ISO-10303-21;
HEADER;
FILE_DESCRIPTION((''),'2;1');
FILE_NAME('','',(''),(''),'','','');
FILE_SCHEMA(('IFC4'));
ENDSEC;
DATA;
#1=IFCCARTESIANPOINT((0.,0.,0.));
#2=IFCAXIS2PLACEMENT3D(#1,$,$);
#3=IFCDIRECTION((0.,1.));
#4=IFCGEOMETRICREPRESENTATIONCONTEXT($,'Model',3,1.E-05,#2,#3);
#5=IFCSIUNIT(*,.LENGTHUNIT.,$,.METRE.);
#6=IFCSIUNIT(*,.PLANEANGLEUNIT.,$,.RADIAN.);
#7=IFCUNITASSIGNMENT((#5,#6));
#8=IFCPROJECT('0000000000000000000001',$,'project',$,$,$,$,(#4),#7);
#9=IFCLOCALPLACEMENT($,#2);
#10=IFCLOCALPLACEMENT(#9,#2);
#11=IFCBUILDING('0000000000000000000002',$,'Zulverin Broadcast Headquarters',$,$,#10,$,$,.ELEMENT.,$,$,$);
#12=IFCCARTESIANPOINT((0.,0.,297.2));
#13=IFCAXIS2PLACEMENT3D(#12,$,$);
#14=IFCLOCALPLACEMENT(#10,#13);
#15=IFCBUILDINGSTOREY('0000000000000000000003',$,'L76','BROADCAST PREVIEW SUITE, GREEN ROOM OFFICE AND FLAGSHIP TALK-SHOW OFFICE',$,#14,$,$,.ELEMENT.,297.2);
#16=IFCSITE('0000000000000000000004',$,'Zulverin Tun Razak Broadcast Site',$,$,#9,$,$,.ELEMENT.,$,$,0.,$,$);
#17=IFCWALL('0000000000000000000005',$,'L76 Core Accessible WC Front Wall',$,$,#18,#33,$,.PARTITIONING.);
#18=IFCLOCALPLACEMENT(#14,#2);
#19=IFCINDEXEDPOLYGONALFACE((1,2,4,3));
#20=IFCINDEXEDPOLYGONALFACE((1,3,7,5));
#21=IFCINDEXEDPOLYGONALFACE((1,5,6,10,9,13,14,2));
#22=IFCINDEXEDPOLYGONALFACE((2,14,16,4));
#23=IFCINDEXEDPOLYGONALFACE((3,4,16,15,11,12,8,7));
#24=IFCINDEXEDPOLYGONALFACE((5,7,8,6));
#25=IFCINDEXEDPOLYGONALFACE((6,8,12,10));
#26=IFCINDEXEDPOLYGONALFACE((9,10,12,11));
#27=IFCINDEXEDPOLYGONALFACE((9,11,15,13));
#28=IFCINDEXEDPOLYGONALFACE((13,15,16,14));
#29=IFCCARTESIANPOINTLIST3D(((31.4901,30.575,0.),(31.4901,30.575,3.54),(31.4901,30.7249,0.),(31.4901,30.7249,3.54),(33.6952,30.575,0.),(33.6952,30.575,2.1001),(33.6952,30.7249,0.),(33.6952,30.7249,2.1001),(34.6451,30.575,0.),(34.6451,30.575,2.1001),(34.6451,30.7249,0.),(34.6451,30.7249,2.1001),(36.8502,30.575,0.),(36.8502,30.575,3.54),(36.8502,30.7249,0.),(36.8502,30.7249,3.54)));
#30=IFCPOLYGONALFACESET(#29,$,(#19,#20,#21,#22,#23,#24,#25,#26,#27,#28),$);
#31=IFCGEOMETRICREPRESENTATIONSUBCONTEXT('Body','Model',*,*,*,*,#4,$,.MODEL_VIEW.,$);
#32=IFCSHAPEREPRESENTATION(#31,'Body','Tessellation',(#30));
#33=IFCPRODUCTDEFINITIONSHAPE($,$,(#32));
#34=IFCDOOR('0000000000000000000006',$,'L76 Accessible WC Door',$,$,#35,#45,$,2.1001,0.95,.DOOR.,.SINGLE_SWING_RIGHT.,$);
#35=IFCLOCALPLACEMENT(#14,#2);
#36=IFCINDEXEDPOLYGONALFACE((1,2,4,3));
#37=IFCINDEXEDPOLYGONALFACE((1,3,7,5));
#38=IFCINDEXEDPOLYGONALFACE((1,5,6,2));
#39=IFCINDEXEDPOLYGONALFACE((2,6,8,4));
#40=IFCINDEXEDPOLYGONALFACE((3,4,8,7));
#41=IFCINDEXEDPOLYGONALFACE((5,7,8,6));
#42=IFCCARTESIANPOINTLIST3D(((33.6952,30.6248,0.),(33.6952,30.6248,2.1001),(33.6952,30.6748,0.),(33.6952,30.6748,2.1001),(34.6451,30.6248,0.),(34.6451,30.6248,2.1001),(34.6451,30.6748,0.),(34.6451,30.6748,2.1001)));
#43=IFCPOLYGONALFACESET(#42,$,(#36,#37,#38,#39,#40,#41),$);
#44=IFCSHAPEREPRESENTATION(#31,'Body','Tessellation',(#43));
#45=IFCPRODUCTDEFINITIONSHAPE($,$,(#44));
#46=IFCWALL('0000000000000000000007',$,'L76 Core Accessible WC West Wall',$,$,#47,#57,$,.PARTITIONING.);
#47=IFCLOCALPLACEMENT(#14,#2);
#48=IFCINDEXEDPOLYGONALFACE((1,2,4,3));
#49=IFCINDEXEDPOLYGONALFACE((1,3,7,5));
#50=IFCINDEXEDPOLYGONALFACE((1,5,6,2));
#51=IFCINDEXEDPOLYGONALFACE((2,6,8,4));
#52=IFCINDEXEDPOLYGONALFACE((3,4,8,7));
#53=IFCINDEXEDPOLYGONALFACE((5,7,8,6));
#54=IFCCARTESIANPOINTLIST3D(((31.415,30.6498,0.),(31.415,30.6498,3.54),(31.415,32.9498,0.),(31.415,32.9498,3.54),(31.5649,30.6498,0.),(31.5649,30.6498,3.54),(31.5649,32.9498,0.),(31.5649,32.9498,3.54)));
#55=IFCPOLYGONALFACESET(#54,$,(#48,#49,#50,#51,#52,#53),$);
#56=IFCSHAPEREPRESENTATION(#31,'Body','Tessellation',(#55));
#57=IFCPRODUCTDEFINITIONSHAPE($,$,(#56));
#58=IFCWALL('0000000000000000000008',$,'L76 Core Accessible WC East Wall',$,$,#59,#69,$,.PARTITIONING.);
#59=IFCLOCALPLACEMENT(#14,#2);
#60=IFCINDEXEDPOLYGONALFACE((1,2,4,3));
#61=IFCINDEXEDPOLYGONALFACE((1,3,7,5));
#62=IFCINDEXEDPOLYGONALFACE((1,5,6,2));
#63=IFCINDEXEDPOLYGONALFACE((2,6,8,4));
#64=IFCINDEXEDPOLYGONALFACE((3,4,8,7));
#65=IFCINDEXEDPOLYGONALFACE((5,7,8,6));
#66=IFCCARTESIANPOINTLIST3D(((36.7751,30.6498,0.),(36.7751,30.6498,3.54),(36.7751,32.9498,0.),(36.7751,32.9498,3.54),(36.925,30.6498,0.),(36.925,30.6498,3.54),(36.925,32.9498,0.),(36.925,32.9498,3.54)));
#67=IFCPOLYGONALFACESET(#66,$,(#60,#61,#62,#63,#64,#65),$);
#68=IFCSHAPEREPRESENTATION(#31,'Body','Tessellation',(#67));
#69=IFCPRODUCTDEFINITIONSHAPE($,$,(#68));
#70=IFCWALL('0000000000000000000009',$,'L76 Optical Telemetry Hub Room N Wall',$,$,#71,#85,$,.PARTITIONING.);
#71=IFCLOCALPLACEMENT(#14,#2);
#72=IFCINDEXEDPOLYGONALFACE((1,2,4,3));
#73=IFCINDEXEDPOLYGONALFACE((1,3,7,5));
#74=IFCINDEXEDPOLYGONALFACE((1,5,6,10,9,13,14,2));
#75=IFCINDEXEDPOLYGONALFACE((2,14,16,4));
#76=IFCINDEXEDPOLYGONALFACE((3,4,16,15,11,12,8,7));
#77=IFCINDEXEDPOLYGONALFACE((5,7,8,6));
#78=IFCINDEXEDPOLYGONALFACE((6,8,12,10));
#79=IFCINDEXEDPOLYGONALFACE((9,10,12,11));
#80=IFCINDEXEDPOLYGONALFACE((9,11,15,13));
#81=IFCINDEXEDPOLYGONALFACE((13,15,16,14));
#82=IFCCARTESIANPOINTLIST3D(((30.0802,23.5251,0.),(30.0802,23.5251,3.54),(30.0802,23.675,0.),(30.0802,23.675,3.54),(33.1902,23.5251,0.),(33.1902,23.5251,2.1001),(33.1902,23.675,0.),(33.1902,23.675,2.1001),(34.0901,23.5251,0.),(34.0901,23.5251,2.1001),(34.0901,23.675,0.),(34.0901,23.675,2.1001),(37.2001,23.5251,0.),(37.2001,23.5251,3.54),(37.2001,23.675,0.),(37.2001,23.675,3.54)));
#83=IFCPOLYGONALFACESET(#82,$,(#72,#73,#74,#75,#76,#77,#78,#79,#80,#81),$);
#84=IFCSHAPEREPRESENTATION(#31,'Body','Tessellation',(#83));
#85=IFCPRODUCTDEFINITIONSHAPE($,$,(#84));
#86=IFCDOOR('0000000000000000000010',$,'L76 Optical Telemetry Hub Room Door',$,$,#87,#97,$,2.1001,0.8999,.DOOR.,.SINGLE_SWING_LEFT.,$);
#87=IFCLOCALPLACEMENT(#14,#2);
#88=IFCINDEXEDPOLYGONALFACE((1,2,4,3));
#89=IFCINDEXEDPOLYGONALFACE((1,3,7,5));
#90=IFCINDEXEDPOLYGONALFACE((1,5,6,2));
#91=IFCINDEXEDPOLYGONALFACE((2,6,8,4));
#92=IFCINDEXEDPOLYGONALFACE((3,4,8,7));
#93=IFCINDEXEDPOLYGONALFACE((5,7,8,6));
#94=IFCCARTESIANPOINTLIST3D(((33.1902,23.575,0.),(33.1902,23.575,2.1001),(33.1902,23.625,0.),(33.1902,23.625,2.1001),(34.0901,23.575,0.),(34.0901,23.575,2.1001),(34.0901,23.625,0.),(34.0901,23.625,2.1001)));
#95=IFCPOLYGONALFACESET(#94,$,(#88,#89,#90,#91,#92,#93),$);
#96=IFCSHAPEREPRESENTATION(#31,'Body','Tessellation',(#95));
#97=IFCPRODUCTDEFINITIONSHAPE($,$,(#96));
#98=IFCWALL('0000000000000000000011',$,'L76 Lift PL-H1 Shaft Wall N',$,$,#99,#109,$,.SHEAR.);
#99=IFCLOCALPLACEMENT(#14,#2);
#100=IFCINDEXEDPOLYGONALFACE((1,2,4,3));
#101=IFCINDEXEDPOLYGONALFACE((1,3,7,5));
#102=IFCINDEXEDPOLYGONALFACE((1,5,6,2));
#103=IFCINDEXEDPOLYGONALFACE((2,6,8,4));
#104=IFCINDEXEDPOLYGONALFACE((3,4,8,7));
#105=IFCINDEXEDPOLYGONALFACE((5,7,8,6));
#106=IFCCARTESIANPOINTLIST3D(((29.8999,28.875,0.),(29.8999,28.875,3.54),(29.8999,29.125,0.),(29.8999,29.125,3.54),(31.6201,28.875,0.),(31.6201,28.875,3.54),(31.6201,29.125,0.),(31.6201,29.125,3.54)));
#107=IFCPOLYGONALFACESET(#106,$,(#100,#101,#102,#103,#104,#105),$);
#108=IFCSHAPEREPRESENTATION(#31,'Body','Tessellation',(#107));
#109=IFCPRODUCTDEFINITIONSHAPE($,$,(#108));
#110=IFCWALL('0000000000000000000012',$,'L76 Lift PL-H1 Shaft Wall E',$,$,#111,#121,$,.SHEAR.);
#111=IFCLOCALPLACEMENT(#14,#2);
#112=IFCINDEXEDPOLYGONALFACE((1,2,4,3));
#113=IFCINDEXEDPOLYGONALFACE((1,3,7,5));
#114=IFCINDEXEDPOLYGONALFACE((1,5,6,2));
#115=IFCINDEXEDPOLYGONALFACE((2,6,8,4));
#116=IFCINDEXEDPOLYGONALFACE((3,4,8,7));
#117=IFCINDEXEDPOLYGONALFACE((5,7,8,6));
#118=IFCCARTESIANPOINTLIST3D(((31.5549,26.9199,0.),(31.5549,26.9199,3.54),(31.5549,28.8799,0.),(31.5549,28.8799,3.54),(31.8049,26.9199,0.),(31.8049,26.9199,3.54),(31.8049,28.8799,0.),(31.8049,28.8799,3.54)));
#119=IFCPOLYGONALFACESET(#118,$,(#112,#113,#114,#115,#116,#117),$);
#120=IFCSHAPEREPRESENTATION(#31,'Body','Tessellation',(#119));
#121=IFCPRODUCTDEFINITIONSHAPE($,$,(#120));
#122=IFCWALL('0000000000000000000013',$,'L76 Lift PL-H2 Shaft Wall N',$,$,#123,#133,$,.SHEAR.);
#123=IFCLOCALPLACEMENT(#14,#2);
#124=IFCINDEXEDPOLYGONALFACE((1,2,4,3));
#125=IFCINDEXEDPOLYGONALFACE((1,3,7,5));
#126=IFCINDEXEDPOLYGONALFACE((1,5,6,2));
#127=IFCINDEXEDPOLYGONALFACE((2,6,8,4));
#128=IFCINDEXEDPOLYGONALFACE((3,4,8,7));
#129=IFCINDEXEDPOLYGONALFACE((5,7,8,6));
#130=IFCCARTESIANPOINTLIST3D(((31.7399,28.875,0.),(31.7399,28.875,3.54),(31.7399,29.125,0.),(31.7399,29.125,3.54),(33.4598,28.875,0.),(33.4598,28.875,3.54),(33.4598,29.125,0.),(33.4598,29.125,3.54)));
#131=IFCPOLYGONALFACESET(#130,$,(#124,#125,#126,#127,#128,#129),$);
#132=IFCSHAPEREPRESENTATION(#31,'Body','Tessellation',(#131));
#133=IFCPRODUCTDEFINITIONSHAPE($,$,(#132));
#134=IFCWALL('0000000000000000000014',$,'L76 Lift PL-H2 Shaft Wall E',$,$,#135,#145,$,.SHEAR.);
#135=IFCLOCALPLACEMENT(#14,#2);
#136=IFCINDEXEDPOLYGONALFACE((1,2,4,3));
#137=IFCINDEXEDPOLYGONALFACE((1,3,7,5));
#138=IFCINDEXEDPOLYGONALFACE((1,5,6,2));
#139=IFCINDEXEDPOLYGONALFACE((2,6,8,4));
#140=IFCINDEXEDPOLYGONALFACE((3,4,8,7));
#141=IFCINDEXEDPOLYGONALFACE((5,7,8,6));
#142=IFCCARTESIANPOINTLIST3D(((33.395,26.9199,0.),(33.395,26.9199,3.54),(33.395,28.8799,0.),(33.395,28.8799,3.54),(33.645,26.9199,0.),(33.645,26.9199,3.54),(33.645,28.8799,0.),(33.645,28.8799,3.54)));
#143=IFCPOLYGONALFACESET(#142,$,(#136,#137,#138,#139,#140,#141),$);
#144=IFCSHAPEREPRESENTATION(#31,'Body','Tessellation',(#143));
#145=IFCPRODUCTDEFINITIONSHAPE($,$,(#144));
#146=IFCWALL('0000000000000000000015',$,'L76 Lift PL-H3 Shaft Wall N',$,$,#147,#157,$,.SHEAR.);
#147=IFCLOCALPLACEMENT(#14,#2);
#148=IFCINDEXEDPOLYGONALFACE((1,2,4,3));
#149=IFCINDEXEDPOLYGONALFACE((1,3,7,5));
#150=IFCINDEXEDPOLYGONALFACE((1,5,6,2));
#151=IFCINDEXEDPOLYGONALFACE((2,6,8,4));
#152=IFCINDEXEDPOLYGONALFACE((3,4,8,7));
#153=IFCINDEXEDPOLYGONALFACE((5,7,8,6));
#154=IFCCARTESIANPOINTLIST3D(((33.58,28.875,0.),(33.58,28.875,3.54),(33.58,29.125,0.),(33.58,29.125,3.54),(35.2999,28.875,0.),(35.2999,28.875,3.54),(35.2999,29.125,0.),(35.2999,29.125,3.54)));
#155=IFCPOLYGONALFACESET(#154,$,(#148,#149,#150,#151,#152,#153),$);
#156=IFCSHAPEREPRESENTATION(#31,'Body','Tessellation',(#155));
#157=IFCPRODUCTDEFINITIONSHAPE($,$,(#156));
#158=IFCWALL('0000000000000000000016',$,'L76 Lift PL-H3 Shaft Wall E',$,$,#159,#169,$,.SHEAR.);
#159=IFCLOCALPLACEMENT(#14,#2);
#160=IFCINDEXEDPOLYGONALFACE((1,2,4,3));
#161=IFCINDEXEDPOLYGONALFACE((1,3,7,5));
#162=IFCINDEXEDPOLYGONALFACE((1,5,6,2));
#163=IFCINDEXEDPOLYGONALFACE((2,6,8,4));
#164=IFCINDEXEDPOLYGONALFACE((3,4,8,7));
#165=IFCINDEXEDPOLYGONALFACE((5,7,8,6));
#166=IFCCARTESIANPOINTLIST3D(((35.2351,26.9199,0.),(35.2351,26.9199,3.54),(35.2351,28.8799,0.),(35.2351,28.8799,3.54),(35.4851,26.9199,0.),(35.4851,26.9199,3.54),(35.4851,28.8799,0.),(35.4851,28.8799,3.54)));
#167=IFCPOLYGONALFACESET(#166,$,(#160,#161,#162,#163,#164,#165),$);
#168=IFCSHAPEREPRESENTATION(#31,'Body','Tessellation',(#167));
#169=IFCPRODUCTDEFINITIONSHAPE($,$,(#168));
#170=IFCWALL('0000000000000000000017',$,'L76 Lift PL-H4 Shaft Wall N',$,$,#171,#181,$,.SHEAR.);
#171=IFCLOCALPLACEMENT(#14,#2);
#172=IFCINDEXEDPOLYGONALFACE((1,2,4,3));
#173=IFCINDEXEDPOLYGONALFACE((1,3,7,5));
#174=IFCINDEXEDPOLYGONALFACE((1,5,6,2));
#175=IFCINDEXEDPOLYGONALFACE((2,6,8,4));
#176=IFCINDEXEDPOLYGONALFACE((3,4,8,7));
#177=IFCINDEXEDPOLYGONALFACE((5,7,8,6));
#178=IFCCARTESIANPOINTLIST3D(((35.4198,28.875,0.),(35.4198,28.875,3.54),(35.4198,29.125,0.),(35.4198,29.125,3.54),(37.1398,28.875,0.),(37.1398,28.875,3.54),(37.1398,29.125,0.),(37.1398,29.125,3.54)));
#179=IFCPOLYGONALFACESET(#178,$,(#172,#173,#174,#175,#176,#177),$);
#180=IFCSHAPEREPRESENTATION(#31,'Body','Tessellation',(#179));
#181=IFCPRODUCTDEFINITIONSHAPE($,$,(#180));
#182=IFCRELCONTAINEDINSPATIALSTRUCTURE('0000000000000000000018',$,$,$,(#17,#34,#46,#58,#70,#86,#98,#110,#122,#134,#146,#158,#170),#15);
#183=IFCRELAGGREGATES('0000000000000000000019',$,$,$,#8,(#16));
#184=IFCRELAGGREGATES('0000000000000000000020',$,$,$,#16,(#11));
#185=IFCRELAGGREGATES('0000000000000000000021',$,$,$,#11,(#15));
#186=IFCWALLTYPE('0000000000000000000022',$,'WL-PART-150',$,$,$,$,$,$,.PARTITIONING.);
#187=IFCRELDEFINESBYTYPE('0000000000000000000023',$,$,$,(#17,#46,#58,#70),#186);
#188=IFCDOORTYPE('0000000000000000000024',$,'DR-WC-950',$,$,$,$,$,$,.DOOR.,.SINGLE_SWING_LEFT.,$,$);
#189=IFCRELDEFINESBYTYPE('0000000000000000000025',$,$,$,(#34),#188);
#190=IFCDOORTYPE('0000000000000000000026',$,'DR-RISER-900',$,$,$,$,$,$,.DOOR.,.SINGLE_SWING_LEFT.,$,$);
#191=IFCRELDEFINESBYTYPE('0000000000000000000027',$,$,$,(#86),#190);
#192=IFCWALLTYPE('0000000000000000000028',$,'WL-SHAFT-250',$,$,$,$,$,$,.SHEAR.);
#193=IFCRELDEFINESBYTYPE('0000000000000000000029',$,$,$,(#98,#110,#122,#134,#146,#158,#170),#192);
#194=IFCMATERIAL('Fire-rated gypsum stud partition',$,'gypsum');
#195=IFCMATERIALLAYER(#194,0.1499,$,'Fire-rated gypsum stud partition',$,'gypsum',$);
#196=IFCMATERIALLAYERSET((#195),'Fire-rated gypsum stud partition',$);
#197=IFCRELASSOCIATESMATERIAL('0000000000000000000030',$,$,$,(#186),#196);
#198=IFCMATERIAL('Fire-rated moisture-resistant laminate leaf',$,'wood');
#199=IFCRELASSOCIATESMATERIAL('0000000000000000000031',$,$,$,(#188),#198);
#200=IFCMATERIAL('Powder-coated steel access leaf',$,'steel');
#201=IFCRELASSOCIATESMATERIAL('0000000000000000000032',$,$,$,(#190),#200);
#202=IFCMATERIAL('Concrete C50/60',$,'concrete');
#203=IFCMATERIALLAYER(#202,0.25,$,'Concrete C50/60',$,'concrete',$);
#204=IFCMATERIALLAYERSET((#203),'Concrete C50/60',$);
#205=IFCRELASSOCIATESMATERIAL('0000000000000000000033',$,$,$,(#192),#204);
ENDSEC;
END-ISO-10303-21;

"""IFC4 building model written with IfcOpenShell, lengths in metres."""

from ifc_helpers import new_model, si_unit, direction, frame, frame_2d, origin, place, context, subcontext, project, spatial, rectangle, extrude, material, layer, layer_set, type_object, element, fill, save


model = new_model("IFC4")

# Units and contexts
model_context = context("Model", 3, precision=1e-05, world=origin(), true_north=direction((0.0, 1.0)))
body_context = subcontext(model_context, "Body", "Model", "MODEL_VIEW")
ifc_project = project(units=[si_unit("LENGTHUNIT", "METRE"), si_unit("PLANEANGLEUNIT", "RADIAN")], contexts=[model_context])

# Site, building, storey
site_placement = place(None, origin())
site = spatial("IfcSite", under=ifc_project, at=site_placement, Name="Zulverin Tun Razak Broadcast Site", CompositionType="ELEMENT", RefElevation=0.0)
building_placement = place(site_placement, origin())
building = spatial("IfcBuilding", under=site, at=building_placement, Name="Zulverin Broadcast Headquarters", CompositionType="ELEMENT")
storey_placement = place(building_placement, frame((0.0, 0.0, 297.2)))
storey = spatial("IfcBuildingStorey", under=building, at=storey_placement, Name="L76", Description="BROADCAST PREVIEW SUITE, GREEN ROOM OFFICE AND FLAGSHIP TALK-SHOW OFFICE", CompositionType="ELEMENT", Elevation=297.2)

# Wall, opening, door
ifc_material_1 = material(Name="Fire-rated gypsum stud partition", Category="gypsum")
ifc_layer_1 = layer(ifc_material_1, 0.1499, Name="Fire-rated gypsum stud partition", Category="gypsum")
ifc_layer_set_1 = layer_set([ifc_layer_1], Name="Fire-rated gypsum stud partition")
wall_type_1 = type_object("IfcWallType", Name="WL-PART-150", PredefinedType="PARTITIONING", material=ifc_layer_set_1)
wall_1_placement = place(storey_placement, frame((31.49, 30.6499, 0.0), z_axis=(0.0, 0.0, 1.0), x_axis=(1.0, 0.0, 0.0)))
wall_1 = element("IfcWall", 1, at=wall_1_placement, inside=storey, type_object=wall_type_1, Name="L76 Core Accessible WC Front Wall", PredefinedType="PARTITIONING", context=body_context, shape_type="SweptSolid", body=[
    extrude(rectangle(XDim=5.3601, YDim=0.1499, at=frame_2d((2.6802, 0.0))), origin(), (0.0, 0.0, 1.0), 3.54),
])
opening_1_placement = place(wall_1_placement, frame((2.2051, 0.0, 0.0)))
opening_1 = element("IfcOpeningElement", 2, at=opening_1_placement, cuts=wall_1, PredefinedType="OPENING", context=body_context, shape_type="SweptSolid", body=[
    extrude(rectangle(XDim=0.95, YDim=2.1001, at=frame_2d((0.4751, 1.05))), frame((0.0, 0.085, 0.0), z_axis=(0.0, -1.0, 0.0), x_axis=(1.0, 0.0, 0.0)), (0.0, 0.0, 1.0), 0.1699),
])
ifc_material_2 = material(Name="Fire-rated moisture-resistant laminate leaf", Category="wood")
door_type_1 = type_object("IfcDoorType", Name="DR-WC-950", OperationType="SINGLE_SWING_LEFT", PredefinedType="DOOR", material=ifc_material_2)
door_1_placement = place(opening_1_placement, origin())
door_1 = element("IfcDoor", 3, at=door_1_placement, inside=storey, type_object=door_type_1, Name="L76 Accessible WC Door", OperationType="SINGLE_SWING_RIGHT", OverallHeight=2.1001, OverallWidth=0.95, PredefinedType="DOOR", context=body_context, shape_type="SweptSolid", body=[
    extrude(rectangle(XDim=0.95, YDim=2.1001, at=frame_2d((0.4751, 1.05))), frame((0.0, 0.0249, 0.0), z_axis=(0.0, -1.0, 0.0), x_axis=(1.0, 0.0, 0.0)), (0.0, 0.0, 1.0), 0.05),
])
fill(opening_1, door_1)

# Walls
for number, where, z_axis, x_axis, name in (
    (4, (31.49, 30.6499, 0.0), (0.0, 0.0, 1.0), (0.0, 1.0, 0.0), "L76 Core Accessible WC West Wall"),
    (5, (36.8501, 30.6499, 0.0), (0.0, 0.0, 1.0), (0.0, 1.0, 0.0), "L76 Core Accessible WC East Wall"),
):
    element("IfcWall", number, at=place(storey_placement, frame(where, z_axis=z_axis, x_axis=x_axis)), inside=storey, type_object=wall_type_1, Name=name, PredefinedType="PARTITIONING", context=body_context, shape_type="SweptSolid", body=[
        extrude(rectangle(XDim=2.3, YDim=0.1499, at=frame_2d((1.1499, 0.0))), origin(), (0.0, 0.0, 1.0), 3.54),
    ])

# Wall, opening, door
wall_2_placement = place(storey_placement, frame((30.0801, 23.6001, 0.0), z_axis=(0.0, 0.0, 1.0), x_axis=(1.0, 0.0, 0.0)))
wall_2 = element("IfcWall", 6, at=wall_2_placement, inside=storey, type_object=wall_type_1, Name="L76 Optical Telemetry Hub Room N Wall", PredefinedType="PARTITIONING", context=body_context, shape_type="SweptSolid", body=[
    extrude(rectangle(XDim=7.1199, YDim=0.1499, at=frame_2d((3.5601, 0.0))), origin(), (0.0, 0.0, 1.0), 3.54),
])
opening_2_placement = place(wall_2_placement, frame((3.1101, 0.0, 0.0)))
opening_2 = element("IfcOpeningElement", 7, at=opening_2_placement, cuts=wall_2, PredefinedType="OPENING", context=body_context, shape_type="SweptSolid", body=[
    extrude(rectangle(XDim=0.8999, YDim=2.1001, at=frame_2d((0.45, 1.05))), frame((0.0, 0.085, 0.0), z_axis=(0.0, -1.0, 0.0), x_axis=(1.0, 0.0, 0.0)), (0.0, 0.0, 1.0), 0.1699),
])
ifc_material_3 = material(Name="Powder-coated steel access leaf", Category="steel")
door_type_2 = type_object("IfcDoorType", Name="DR-RISER-900", OperationType="SINGLE_SWING_LEFT", PredefinedType="DOOR", material=ifc_material_3)
door_2_placement = place(opening_2_placement, origin())
door_2 = element("IfcDoor", 8, at=door_2_placement, inside=storey, type_object=door_type_2, Name="L76 Optical Telemetry Hub Room Door", OperationType="SINGLE_SWING_LEFT", OverallHeight=2.1001, OverallWidth=0.8999, PredefinedType="DOOR", context=body_context, shape_type="SweptSolid", body=[
    extrude(rectangle(XDim=0.8999, YDim=2.1001, at=frame_2d((0.45, 1.05))), frame((0.0, 0.0249, 0.0), z_axis=(0.0, -1.0, 0.0), x_axis=(1.0, 0.0, 0.0)), (0.0, 0.0, 1.0), 0.05),
])
fill(opening_2, door_2)

# Walls
ifc_material_4 = material(Name="Concrete C50/60", Category="concrete")
ifc_layer_2 = layer(ifc_material_4, 0.25, Name="Concrete C50/60", Category="concrete")
ifc_layer_set_2 = layer_set([ifc_layer_2], Name="Concrete C50/60")
wall_type_2 = type_object("IfcWallType", Name="WL-SHAFT-250", PredefinedType="SHEAR", material=ifc_layer_set_2)
wall_3_placement = place(storey_placement, frame((29.8999, 29.0, 0.0), z_axis=(0.0, 0.0, 1.0), x_axis=(1.0, 0.0, 0.0)))
element("IfcWall", 9, at=wall_3_placement, inside=storey, type_object=wall_type_2, Name="L76 Lift PL-H1 Shaft Wall N", PredefinedType="SHEAR", context=body_context, shape_type="SweptSolid", body=[
    extrude(rectangle(XDim=1.7202, YDim=0.25, at=frame_2d((0.8601, 0.0))), origin(), (0.0, 0.0, 1.0), 3.54),
])
wall_4_placement = place(storey_placement, frame((31.6799, 26.9199, 0.0), z_axis=(0.0, 0.0, 1.0), x_axis=(0.0, 1.0, 0.0)))
element("IfcWall", 10, at=wall_4_placement, inside=storey, type_object=wall_type_2, Name="L76 Lift PL-H1 Shaft Wall E", PredefinedType="SHEAR", context=body_context, shape_type="SweptSolid", body=[
    extrude(rectangle(XDim=1.96, YDim=0.25, at=frame_2d((0.98, 0.0))), origin(), (0.0, 0.0, 1.0), 3.54),
])

# Walls
wall_5_placement = place(storey_placement, frame((31.74, 29.0, 0.0), z_axis=(0.0, 0.0, 1.0), x_axis=(1.0, 0.0, 0.0)))
element("IfcWall", 11, at=wall_5_placement, inside=storey, type_object=wall_type_2, Name="L76 Lift PL-H2 Shaft Wall N", PredefinedType="SHEAR", context=body_context, shape_type="SweptSolid", body=[
    extrude(rectangle(XDim=1.72, YDim=0.25, at=frame_2d((0.8599, 0.0))), origin(), (0.0, 0.0, 1.0), 3.54),
])
wall_6_placement = place(storey_placement, frame((33.52, 26.9199, 0.0), z_axis=(0.0, 0.0, 1.0), x_axis=(0.0, 1.0, 0.0)))
element("IfcWall", 12, at=wall_6_placement, inside=storey, type_object=wall_type_2, Name="L76 Lift PL-H2 Shaft Wall E", PredefinedType="SHEAR", context=body_context, shape_type="SweptSolid", body=[
    extrude(rectangle(XDim=1.96, YDim=0.25, at=frame_2d((0.98, 0.0))), origin(), (0.0, 0.0, 1.0), 3.54),
])

# Walls
wall_7_placement = place(storey_placement, frame((33.5801, 29.0, 0.0), z_axis=(0.0, 0.0, 1.0), x_axis=(1.0, 0.0, 0.0)))
element("IfcWall", 13, at=wall_7_placement, inside=storey, type_object=wall_type_2, Name="L76 Lift PL-H3 Shaft Wall N", PredefinedType="SHEAR", context=body_context, shape_type="SweptSolid", body=[
    extrude(rectangle(XDim=1.72, YDim=0.25, at=frame_2d((0.8599, 0.0))), origin(), (0.0, 0.0, 1.0), 3.54),
])
wall_8_placement = place(storey_placement, frame((35.3601, 26.9199, 0.0), z_axis=(0.0, 0.0, 1.0), x_axis=(0.0, 1.0, 0.0)))
element("IfcWall", 14, at=wall_8_placement, inside=storey, type_object=wall_type_2, Name="L76 Lift PL-H3 Shaft Wall E", PredefinedType="SHEAR", context=body_context, shape_type="SweptSolid", body=[
    extrude(rectangle(XDim=1.96, YDim=0.25, at=frame_2d((0.98, 0.0))), origin(), (0.0, 0.0, 1.0), 3.54),
])

# Wall
wall_9_placement = place(storey_placement, frame((35.4199, 29.0, 0.0), z_axis=(0.0, 0.0, 1.0), x_axis=(1.0, 0.0, 0.0)))
element("IfcWall", 15, at=wall_9_placement, inside=storey, type_object=wall_type_2, Name="L76 Lift PL-H4 Shaft Wall N", PredefinedType="SHEAR", context=body_context, shape_type="SweptSolid", body=[
    extrude(rectangle(XDim=1.72, YDim=0.25, at=frame_2d((0.8599, 0.0))), origin(), (0.0, 0.0, 1.0), 3.54),
])

save(model, "model.ifc")
